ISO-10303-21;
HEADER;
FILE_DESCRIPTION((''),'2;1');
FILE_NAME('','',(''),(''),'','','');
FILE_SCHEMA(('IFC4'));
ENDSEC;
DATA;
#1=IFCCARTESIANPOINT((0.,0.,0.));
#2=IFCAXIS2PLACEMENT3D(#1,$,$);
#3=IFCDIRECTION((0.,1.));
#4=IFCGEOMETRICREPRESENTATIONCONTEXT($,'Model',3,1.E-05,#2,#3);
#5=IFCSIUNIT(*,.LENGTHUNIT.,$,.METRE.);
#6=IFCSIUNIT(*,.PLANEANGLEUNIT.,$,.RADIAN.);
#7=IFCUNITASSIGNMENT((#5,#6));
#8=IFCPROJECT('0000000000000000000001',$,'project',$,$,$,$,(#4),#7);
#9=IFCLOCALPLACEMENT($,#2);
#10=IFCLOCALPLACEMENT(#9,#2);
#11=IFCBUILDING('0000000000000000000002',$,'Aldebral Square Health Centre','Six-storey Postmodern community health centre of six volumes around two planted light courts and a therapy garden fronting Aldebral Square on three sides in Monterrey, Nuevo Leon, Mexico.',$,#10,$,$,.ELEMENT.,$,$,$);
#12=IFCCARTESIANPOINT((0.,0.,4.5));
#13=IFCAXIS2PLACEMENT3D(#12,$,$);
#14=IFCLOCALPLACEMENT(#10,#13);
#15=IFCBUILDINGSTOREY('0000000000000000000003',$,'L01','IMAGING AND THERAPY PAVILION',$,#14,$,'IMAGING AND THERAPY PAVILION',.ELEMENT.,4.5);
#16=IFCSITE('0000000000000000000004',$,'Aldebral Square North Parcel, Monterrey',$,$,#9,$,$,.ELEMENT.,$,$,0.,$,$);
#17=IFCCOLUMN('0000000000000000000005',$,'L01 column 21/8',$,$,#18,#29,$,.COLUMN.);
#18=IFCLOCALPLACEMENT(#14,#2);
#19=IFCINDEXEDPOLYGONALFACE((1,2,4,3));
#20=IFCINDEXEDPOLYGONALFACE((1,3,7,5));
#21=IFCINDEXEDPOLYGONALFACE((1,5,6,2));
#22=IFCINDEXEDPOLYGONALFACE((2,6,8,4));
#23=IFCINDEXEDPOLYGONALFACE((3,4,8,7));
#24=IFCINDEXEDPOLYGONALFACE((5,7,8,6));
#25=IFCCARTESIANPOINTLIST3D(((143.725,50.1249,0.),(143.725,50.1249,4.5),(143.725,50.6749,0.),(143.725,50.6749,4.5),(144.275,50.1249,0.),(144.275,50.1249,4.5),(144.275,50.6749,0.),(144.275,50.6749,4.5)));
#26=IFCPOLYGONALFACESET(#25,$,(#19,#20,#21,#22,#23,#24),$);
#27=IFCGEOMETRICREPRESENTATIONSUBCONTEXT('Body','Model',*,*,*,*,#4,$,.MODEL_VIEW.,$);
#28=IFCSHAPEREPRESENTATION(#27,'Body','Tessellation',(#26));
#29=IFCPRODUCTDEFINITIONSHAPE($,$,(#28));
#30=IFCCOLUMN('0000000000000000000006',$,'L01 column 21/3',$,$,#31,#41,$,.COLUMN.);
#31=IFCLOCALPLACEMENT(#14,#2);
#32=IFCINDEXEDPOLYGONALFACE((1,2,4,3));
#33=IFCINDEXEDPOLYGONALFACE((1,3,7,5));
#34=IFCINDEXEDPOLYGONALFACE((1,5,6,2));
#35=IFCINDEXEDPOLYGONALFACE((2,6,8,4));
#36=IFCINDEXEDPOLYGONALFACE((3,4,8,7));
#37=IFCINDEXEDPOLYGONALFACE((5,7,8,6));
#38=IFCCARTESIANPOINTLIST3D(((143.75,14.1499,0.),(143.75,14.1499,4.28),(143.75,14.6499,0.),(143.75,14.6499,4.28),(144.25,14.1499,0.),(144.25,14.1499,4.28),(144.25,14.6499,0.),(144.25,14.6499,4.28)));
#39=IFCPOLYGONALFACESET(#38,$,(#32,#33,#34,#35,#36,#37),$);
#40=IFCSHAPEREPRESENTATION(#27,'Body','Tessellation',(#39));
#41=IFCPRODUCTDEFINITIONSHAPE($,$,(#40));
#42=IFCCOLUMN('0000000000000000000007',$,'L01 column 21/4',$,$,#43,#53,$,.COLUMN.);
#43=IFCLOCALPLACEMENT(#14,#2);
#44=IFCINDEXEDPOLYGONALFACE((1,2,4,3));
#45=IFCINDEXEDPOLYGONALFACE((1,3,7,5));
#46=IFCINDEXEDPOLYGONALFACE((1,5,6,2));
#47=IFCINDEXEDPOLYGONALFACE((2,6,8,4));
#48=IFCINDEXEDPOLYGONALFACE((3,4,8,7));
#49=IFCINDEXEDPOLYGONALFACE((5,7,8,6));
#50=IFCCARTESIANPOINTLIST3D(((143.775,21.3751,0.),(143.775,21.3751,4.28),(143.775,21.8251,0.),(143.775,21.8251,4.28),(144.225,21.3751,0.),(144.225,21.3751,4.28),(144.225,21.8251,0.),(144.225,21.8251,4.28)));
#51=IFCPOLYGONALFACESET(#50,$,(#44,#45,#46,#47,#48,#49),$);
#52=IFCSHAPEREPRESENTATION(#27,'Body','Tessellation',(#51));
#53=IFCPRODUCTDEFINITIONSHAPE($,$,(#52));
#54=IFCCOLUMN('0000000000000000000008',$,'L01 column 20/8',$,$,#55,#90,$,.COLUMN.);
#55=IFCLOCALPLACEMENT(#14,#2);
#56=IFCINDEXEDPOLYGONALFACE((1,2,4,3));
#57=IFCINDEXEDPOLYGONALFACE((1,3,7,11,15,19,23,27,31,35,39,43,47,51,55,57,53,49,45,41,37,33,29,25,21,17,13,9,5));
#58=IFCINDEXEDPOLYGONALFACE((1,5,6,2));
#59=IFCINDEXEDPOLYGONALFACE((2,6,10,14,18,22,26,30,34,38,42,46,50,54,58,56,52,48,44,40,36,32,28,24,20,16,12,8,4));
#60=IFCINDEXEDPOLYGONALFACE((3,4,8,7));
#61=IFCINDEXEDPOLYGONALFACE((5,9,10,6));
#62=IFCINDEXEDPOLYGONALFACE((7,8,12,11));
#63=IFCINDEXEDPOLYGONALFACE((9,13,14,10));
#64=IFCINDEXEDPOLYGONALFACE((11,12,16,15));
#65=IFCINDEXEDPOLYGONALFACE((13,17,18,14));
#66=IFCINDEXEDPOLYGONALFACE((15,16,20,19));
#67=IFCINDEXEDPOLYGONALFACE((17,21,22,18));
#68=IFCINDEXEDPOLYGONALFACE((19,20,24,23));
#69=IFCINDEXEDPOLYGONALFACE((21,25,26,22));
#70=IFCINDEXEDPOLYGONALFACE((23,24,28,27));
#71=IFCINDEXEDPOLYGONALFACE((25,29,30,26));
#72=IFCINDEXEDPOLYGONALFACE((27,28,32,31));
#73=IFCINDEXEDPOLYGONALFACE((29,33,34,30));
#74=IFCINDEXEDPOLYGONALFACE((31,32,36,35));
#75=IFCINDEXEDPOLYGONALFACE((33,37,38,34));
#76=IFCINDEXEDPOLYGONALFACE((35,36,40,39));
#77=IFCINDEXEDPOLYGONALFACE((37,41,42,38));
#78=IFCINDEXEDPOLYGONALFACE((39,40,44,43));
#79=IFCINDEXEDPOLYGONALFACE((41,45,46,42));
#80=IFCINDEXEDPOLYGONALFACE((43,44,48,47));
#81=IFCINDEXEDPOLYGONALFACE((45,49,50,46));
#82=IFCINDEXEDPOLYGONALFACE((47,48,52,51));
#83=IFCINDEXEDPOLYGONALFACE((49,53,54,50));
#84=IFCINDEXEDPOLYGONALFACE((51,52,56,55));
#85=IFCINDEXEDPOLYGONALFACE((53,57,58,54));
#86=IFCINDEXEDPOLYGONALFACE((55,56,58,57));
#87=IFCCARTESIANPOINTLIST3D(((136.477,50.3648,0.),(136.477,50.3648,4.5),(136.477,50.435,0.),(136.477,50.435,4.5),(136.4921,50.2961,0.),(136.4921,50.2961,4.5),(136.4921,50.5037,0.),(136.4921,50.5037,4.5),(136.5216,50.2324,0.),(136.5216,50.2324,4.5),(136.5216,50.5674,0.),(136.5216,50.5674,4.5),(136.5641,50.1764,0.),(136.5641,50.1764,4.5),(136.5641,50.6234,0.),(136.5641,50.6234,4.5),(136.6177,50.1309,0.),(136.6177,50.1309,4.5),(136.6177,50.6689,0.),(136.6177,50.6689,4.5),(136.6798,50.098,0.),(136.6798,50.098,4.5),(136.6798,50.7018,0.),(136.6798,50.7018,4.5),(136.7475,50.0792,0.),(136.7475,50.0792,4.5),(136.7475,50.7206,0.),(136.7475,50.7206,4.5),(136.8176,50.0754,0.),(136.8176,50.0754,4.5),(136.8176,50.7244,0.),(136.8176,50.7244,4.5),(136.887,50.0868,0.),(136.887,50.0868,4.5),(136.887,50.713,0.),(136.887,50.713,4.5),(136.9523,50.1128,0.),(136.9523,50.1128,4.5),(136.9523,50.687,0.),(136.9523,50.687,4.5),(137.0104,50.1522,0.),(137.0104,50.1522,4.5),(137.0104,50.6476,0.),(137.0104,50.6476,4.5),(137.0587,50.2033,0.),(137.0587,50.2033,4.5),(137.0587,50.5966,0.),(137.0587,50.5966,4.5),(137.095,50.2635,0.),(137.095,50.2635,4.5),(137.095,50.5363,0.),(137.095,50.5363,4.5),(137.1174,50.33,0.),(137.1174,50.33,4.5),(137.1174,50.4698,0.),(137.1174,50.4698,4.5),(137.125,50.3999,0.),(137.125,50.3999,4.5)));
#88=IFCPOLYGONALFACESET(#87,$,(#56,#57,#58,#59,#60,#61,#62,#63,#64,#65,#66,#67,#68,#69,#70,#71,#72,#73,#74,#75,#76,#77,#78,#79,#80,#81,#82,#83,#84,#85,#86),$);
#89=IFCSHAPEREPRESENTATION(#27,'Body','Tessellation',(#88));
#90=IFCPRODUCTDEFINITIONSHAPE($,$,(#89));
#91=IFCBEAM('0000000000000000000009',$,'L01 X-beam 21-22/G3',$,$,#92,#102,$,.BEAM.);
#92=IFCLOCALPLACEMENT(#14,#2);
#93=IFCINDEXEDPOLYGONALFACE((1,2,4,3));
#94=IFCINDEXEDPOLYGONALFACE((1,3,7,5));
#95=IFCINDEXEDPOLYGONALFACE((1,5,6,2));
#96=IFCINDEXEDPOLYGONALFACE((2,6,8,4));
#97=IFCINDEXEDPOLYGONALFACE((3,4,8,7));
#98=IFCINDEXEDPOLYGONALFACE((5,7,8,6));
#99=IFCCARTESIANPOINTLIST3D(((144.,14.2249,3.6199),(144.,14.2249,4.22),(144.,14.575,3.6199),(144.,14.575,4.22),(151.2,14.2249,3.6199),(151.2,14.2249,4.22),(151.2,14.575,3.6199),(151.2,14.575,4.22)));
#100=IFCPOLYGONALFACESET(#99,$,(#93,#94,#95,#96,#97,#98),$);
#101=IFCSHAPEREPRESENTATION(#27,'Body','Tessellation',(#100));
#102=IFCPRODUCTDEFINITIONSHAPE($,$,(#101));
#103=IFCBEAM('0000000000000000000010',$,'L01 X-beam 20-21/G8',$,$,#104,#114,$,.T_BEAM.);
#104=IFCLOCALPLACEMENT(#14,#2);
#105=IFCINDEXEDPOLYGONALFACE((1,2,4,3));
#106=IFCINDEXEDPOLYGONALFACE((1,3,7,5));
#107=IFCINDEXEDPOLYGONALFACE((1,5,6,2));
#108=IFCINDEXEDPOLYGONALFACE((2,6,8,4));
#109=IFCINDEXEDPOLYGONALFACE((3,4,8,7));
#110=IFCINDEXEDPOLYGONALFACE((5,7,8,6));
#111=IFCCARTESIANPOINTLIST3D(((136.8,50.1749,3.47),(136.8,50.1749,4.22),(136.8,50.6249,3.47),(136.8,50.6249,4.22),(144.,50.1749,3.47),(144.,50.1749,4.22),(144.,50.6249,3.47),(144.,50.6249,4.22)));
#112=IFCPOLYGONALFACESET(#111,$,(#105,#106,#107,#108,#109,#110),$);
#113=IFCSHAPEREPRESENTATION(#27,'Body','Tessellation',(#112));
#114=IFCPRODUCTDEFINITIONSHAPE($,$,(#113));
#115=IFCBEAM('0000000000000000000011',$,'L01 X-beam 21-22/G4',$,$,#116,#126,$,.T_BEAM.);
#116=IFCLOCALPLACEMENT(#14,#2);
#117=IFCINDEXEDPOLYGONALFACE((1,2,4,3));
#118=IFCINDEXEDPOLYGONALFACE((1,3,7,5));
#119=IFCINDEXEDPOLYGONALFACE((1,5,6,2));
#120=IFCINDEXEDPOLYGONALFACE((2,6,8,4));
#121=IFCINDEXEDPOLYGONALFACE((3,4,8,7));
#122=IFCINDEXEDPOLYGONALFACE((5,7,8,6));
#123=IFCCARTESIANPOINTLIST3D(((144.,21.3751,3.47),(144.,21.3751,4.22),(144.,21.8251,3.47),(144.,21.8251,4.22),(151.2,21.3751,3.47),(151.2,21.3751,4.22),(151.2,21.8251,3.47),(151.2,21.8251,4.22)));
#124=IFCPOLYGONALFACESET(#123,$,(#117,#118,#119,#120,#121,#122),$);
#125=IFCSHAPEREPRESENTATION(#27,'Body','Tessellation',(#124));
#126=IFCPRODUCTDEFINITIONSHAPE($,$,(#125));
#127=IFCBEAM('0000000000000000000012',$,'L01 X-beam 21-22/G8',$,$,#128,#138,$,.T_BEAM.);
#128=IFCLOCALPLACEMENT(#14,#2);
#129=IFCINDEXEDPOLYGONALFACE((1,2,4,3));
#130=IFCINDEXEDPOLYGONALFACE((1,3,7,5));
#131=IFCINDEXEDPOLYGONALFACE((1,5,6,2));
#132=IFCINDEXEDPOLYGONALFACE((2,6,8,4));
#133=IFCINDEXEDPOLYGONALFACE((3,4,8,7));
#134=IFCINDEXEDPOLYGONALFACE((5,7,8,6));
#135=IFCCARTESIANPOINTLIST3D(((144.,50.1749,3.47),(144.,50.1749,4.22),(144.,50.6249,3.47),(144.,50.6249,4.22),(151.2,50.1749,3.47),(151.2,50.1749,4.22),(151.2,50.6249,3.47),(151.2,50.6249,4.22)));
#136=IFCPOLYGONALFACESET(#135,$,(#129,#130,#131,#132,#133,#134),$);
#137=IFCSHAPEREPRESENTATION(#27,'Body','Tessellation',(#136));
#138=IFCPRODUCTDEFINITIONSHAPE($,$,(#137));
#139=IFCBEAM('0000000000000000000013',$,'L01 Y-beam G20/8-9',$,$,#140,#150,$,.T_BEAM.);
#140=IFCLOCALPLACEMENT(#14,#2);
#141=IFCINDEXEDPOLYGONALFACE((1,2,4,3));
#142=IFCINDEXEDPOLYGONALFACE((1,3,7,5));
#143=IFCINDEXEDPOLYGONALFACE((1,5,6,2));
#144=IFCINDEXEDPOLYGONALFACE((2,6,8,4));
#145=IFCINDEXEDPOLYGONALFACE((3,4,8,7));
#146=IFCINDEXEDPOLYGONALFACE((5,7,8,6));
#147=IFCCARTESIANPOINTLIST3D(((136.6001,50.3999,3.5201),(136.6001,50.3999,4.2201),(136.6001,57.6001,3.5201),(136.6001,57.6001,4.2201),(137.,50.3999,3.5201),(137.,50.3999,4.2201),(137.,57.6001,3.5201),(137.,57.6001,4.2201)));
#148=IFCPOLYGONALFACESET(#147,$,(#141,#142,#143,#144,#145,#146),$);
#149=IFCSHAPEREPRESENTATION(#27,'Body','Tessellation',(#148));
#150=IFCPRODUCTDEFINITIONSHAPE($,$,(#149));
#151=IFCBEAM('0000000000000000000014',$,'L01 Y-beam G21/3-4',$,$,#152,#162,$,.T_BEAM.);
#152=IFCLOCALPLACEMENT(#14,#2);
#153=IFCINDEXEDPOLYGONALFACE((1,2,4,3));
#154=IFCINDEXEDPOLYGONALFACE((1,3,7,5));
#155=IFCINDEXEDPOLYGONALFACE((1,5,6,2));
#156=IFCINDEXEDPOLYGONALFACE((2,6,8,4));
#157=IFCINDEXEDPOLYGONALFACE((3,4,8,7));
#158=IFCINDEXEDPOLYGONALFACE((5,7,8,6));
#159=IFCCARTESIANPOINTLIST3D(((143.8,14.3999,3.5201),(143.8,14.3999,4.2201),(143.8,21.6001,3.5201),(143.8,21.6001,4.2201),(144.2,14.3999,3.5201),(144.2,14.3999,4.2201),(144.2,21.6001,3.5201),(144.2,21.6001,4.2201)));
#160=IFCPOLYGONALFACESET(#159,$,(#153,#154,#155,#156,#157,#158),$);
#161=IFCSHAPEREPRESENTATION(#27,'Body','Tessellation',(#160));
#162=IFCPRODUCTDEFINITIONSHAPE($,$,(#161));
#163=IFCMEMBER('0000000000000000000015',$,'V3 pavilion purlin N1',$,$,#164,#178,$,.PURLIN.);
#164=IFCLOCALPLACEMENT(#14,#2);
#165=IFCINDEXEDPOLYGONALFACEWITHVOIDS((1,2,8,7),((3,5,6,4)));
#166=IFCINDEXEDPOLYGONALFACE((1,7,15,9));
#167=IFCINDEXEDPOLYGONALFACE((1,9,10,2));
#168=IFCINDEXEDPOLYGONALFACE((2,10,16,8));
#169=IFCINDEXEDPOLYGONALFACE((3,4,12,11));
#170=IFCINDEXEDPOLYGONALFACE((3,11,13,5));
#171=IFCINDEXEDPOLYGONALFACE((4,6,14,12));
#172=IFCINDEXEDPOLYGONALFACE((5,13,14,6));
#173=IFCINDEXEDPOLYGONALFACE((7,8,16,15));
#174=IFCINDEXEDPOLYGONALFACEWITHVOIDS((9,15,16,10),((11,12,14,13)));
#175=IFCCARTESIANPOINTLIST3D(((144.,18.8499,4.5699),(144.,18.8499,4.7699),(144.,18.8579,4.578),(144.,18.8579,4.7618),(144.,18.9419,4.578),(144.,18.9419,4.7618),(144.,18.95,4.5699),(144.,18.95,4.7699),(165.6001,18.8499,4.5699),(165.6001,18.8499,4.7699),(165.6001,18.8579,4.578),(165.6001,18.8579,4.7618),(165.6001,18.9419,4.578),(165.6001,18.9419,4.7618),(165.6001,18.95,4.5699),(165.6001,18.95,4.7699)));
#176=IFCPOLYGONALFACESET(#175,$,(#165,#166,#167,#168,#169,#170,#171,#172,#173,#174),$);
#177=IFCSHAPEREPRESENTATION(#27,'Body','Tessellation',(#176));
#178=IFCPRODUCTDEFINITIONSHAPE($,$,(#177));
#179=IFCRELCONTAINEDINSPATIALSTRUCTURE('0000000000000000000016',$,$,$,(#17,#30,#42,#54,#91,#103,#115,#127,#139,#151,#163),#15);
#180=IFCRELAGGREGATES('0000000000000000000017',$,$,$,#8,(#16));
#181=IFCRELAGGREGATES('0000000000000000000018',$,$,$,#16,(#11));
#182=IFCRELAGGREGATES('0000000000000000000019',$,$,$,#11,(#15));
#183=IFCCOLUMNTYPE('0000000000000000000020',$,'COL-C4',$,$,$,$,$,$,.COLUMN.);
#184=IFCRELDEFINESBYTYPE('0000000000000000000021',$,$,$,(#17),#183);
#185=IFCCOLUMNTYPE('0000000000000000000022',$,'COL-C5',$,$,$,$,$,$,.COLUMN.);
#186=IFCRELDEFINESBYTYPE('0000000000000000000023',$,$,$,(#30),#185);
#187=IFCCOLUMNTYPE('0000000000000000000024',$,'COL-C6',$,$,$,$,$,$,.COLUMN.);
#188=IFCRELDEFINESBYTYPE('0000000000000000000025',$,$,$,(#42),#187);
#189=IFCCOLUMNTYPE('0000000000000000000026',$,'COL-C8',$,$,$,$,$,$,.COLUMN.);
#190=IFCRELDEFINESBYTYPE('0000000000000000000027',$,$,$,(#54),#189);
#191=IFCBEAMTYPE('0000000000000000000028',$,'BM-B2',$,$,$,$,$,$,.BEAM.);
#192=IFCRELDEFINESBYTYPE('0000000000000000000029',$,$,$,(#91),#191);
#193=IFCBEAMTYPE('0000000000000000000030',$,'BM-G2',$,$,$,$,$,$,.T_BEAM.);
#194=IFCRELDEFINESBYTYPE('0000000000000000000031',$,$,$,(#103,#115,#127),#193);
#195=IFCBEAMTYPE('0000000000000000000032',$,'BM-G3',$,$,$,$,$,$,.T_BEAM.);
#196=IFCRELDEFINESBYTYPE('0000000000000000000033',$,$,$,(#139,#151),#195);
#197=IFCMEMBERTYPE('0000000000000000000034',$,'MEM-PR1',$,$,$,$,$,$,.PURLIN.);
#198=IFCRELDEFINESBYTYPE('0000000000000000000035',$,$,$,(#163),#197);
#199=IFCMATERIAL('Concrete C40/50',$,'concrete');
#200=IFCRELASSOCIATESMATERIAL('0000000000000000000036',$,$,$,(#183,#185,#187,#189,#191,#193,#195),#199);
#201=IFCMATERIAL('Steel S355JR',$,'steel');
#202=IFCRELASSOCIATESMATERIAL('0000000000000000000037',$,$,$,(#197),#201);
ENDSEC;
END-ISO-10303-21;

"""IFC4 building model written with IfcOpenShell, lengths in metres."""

from ifc_helpers import new_model, si_unit, direction, frame, origin, origin_2d, place, context, subcontext, project, spatial, rectangle, hollow_rectangle, circle, extrude, material, material_profile, profile_set, type_object, element, save


model = new_model("IFC4")

# Units and contexts
model_context = context("Model", 3, precision=1e-05, world=origin(), true_north=direction((0.0, 1.0)))
body_context = subcontext(model_context, "Body", "Model", "MODEL_VIEW")
ifc_project = project(units=[si_unit("LENGTHUNIT", "METRE"), si_unit("PLANEANGLEUNIT", "RADIAN")], contexts=[model_context])

# Site, building, storey
site_placement = place(None, origin())
site = spatial("IfcSite", under=ifc_project, at=site_placement, Name="Aldebral Square North Parcel, Monterrey", CompositionType="ELEMENT", RefElevation=0.0)
building_placement = place(site_placement, origin())
building = spatial("IfcBuilding", under=site, at=building_placement, Name="Aldebral Square Health Centre", Description="Six-storey Postmodern community health centre of six volumes around two planted light courts and a therapy garden fronting Aldebral Square on three sides in Monterrey, Nuevo Leon, Mexico.", CompositionType="ELEMENT")
storey_placement = place(building_placement, frame((0.0, 0.0, 4.5)))
storey = spatial("IfcBuildingStorey", under=building, at=storey_placement, Name="L01", Description="IMAGING AND THERAPY PAVILION", LongName="IMAGING AND THERAPY PAVILION", CompositionType="ELEMENT", Elevation=4.5)

# Columns
ifc_material_1 = material(Name="Concrete C40/50", Category="concrete")
ifc_material_profile_1 = material_profile(ifc_material_1, rectangle(XDim=0.55, YDim=0.55, at=origin_2d()), Name="RC 550x550")
ifc_profile_set_1 = profile_set([ifc_material_profile_1], Name="Concrete C40/50")
column_type_1 = type_object("IfcColumnType", Name="COL-C4", PredefinedType="COLUMN", material=ifc_profile_set_1)
column_1_placement = place(storey_placement, frame((144.0, 50.3999, 0.0), z_axis=(0.0, 0.0, 1.0), x_axis=(1.0, 0.0, 0.0)))
element("IfcColumn", 1, at=column_1_placement, inside=storey, type_object=column_type_1, Name="L01 column 21/8", PredefinedType="COLUMN", context=body_context, shape_type="SweptSolid", body=[
    extrude(rectangle(XDim=0.55, YDim=0.55, at=origin_2d()), origin(), (0.0, 0.0, 1.0), 4.5),
])
ifc_material_profile_2 = material_profile(ifc_material_1, rectangle(XDim=0.5, YDim=0.5, at=origin_2d()), Name="RC 500x500")
ifc_profile_set_2 = profile_set([ifc_material_profile_2], Name="Concrete C40/50")
column_type_2 = type_object("IfcColumnType", Name="COL-C5", PredefinedType="COLUMN", material=ifc_profile_set_2)
column_2_placement = place(storey_placement, frame((144.0, 14.3999, 0.0), z_axis=(0.0, 0.0, 1.0), x_axis=(1.0, 0.0, 0.0)))
element("IfcColumn", 2, at=column_2_placement, inside=storey, type_object=column_type_2, Name="L01 column 21/3", PredefinedType="COLUMN", context=body_context, shape_type="SweptSolid", body=[
    extrude(rectangle(XDim=0.5, YDim=0.5, at=origin_2d()), origin(), (0.0, 0.0, 1.0), 4.28),
])
ifc_material_profile_3 = material_profile(ifc_material_1, rectangle(XDim=0.45, YDim=0.45, at=origin_2d()), Name="RC 450x450")
ifc_profile_set_3 = profile_set([ifc_material_profile_3], Name="Concrete C40/50")
column_type_3 = type_object("IfcColumnType", Name="COL-C6", PredefinedType="COLUMN", material=ifc_profile_set_3)
column_3_placement = place(storey_placement, frame((144.0, 21.6001, 0.0), z_axis=(0.0, 0.0, 1.0), x_axis=(1.0, 0.0, 0.0)))
element("IfcColumn", 3, at=column_3_placement, inside=storey, type_object=column_type_3, Name="L01 column 21/4", PredefinedType="COLUMN", context=body_context, shape_type="SweptSolid", body=[
    extrude(rectangle(XDim=0.45, YDim=0.45, at=origin_2d()), origin(), (0.0, 0.0, 1.0), 4.28),
])
ifc_material_profile_4 = material_profile(ifc_material_1, circle(Radius=0.325, at=origin_2d()), Name="RC D650")
ifc_profile_set_4 = profile_set([ifc_material_profile_4], Name="Concrete C40/50")
column_type_4 = type_object("IfcColumnType", Name="COL-C8", PredefinedType="COLUMN", material=ifc_profile_set_4)
column_4_placement = place(storey_placement, frame((136.8, 50.3999, 0.0), z_axis=(0.0, 0.0, 1.0), x_axis=(1.0, 0.0, 0.0)))
element("IfcColumn", 4, at=column_4_placement, inside=storey, type_object=column_type_4, Name="L01 column 20/8", PredefinedType="COLUMN", context=body_context, shape_type="SweptSolid", body=[
    extrude(circle(Radius=0.325, at=origin_2d()), origin(), (0.0, 0.0, 1.0), 4.5),
])

# Beams
ifc_material_profile_5 = material_profile(ifc_material_1, rectangle(XDim=0.3501, YDim=0.6001, at=origin_2d()), Name="RC 350x600")
ifc_profile_set_5 = profile_set([ifc_material_profile_5], Name="Concrete C40/50")
beam_type_1 = type_object("IfcBeamType", Name="BM-B2", PredefinedType="BEAM", material=ifc_profile_set_5)
beam_placement = place(storey_placement, frame((144.0, 14.3999, 3.9199), z_axis=(1.0, 0.0, 0.0), x_axis=(0.0, 1.0, 0.0)))
element("IfcBeam", 5, at=beam_placement, inside=storey, type_object=beam_type_1, Name="L01 X-beam 21-22/G3", PredefinedType="BEAM", context=body_context, shape_type="SweptSolid", body=[
    extrude(rectangle(XDim=0.3501, YDim=0.6001, at=origin_2d()), origin(), (0.0, 0.0, 1.0), 7.2),
])
ifc_material_profile_6 = material_profile(ifc_material_1, rectangle(XDim=0.45, YDim=0.75, at=origin_2d()), Name="RC 450x750")
ifc_profile_set_6 = profile_set([ifc_material_profile_6], Name="Concrete C40/50")
beam_type_2 = type_object("IfcBeamType", Name="BM-G2", PredefinedType="T_BEAM", material=ifc_profile_set_6)
for number, where, z_axis, x_axis, name in (
    (6, (136.8, 50.3999, 3.845), (1.0, 0.0, 0.0), (0.0, 1.0, 0.0), "L01 X-beam 20-21/G8"),
    (7, (144.0, 21.6001, 3.845), (1.0, 0.0, 0.0), (0.0, 1.0, 0.0), "L01 X-beam 21-22/G4"),
    (8, (144.0, 50.3999, 3.845), (1.0, 0.0, 0.0), (0.0, 1.0, 0.0), "L01 X-beam 21-22/G8"),
):
    element("IfcBeam", number, at=place(storey_placement, frame(where, z_axis=z_axis, x_axis=x_axis)), inside=storey, type_object=beam_type_2, Name=name, PredefinedType="T_BEAM", context=body_context, shape_type="SweptSolid", body=[
        extrude(rectangle(XDim=0.45, YDim=0.75, at=origin_2d()), origin(), (0.0, 0.0, 1.0), 7.2),
    ])
ifc_material_profile_7 = material_profile(ifc_material_1, rectangle(XDim=0.3999, YDim=0.7, at=origin_2d()), Name="RC 400x700")
ifc_profile_set_7 = profile_set([ifc_material_profile_7], Name="Concrete C40/50")
beam_type_3 = type_object("IfcBeamType", Name="BM-G3", PredefinedType="T_BEAM", material=ifc_profile_set_7)
for number, where, z_axis, x_axis, name in (
    (9, (136.8, 50.3999, 3.8701), (0.0, 1.0, 0.0), (-1.0, 0.0, 0.0), "L01 Y-beam G20/8-9"),
    (10, (144.0, 14.3999, 3.8701), (0.0, 1.0, 0.0), (-1.0, 0.0, 0.0), "L01 Y-beam G21/3-4"),
):
    element("IfcBeam", number, at=place(storey_placement, frame(where, z_axis=z_axis, x_axis=x_axis)), inside=storey, type_object=beam_type_3, Name=name, PredefinedType="T_BEAM", context=body_context, shape_type="SweptSolid", body=[
        extrude(rectangle(XDim=0.3999, YDim=0.7, at=origin_2d()), origin(), (0.0, 0.0, 1.0), 7.2002),
    ])

# Member
ifc_material_2 = material(Name="Steel S355JR", Category="steel")
ifc_material_profile_8 = material_profile(ifc_material_2, hollow_rectangle(XDim=0.1001, YDim=0.2, WallThickness=0.0081, at=origin_2d()), Name="200x100x8 RHS")
ifc_profile_set_8 = profile_set([ifc_material_profile_8], Name="Steel S355JR")
member_type_1 = type_object("IfcMemberType", Name="MEM-PR1", PredefinedType="PURLIN", material=ifc_profile_set_8)
for number, where, z_axis, x_axis, name in (
    (11, (144.0, 18.8999, 4.6699), (1.0, 0.0, 0.0), (0.0, 1.0, 0.0), "V3 pavilion purlin N1"),
):
    element("IfcMember", number, at=place(storey_placement, frame(where, z_axis=z_axis, x_axis=x_axis)), inside=storey, type_object=member_type_1, Name=name, PredefinedType="PURLIN", context=body_context, shape_type="SweptSolid", body=[
        extrude(hollow_rectangle(XDim=0.1001, YDim=0.2, WallThickness=0.0081, at=origin_2d()), origin(), (0.0, 0.0, 1.0), 21.6001),
    ])

save(model, "model.ifc")
